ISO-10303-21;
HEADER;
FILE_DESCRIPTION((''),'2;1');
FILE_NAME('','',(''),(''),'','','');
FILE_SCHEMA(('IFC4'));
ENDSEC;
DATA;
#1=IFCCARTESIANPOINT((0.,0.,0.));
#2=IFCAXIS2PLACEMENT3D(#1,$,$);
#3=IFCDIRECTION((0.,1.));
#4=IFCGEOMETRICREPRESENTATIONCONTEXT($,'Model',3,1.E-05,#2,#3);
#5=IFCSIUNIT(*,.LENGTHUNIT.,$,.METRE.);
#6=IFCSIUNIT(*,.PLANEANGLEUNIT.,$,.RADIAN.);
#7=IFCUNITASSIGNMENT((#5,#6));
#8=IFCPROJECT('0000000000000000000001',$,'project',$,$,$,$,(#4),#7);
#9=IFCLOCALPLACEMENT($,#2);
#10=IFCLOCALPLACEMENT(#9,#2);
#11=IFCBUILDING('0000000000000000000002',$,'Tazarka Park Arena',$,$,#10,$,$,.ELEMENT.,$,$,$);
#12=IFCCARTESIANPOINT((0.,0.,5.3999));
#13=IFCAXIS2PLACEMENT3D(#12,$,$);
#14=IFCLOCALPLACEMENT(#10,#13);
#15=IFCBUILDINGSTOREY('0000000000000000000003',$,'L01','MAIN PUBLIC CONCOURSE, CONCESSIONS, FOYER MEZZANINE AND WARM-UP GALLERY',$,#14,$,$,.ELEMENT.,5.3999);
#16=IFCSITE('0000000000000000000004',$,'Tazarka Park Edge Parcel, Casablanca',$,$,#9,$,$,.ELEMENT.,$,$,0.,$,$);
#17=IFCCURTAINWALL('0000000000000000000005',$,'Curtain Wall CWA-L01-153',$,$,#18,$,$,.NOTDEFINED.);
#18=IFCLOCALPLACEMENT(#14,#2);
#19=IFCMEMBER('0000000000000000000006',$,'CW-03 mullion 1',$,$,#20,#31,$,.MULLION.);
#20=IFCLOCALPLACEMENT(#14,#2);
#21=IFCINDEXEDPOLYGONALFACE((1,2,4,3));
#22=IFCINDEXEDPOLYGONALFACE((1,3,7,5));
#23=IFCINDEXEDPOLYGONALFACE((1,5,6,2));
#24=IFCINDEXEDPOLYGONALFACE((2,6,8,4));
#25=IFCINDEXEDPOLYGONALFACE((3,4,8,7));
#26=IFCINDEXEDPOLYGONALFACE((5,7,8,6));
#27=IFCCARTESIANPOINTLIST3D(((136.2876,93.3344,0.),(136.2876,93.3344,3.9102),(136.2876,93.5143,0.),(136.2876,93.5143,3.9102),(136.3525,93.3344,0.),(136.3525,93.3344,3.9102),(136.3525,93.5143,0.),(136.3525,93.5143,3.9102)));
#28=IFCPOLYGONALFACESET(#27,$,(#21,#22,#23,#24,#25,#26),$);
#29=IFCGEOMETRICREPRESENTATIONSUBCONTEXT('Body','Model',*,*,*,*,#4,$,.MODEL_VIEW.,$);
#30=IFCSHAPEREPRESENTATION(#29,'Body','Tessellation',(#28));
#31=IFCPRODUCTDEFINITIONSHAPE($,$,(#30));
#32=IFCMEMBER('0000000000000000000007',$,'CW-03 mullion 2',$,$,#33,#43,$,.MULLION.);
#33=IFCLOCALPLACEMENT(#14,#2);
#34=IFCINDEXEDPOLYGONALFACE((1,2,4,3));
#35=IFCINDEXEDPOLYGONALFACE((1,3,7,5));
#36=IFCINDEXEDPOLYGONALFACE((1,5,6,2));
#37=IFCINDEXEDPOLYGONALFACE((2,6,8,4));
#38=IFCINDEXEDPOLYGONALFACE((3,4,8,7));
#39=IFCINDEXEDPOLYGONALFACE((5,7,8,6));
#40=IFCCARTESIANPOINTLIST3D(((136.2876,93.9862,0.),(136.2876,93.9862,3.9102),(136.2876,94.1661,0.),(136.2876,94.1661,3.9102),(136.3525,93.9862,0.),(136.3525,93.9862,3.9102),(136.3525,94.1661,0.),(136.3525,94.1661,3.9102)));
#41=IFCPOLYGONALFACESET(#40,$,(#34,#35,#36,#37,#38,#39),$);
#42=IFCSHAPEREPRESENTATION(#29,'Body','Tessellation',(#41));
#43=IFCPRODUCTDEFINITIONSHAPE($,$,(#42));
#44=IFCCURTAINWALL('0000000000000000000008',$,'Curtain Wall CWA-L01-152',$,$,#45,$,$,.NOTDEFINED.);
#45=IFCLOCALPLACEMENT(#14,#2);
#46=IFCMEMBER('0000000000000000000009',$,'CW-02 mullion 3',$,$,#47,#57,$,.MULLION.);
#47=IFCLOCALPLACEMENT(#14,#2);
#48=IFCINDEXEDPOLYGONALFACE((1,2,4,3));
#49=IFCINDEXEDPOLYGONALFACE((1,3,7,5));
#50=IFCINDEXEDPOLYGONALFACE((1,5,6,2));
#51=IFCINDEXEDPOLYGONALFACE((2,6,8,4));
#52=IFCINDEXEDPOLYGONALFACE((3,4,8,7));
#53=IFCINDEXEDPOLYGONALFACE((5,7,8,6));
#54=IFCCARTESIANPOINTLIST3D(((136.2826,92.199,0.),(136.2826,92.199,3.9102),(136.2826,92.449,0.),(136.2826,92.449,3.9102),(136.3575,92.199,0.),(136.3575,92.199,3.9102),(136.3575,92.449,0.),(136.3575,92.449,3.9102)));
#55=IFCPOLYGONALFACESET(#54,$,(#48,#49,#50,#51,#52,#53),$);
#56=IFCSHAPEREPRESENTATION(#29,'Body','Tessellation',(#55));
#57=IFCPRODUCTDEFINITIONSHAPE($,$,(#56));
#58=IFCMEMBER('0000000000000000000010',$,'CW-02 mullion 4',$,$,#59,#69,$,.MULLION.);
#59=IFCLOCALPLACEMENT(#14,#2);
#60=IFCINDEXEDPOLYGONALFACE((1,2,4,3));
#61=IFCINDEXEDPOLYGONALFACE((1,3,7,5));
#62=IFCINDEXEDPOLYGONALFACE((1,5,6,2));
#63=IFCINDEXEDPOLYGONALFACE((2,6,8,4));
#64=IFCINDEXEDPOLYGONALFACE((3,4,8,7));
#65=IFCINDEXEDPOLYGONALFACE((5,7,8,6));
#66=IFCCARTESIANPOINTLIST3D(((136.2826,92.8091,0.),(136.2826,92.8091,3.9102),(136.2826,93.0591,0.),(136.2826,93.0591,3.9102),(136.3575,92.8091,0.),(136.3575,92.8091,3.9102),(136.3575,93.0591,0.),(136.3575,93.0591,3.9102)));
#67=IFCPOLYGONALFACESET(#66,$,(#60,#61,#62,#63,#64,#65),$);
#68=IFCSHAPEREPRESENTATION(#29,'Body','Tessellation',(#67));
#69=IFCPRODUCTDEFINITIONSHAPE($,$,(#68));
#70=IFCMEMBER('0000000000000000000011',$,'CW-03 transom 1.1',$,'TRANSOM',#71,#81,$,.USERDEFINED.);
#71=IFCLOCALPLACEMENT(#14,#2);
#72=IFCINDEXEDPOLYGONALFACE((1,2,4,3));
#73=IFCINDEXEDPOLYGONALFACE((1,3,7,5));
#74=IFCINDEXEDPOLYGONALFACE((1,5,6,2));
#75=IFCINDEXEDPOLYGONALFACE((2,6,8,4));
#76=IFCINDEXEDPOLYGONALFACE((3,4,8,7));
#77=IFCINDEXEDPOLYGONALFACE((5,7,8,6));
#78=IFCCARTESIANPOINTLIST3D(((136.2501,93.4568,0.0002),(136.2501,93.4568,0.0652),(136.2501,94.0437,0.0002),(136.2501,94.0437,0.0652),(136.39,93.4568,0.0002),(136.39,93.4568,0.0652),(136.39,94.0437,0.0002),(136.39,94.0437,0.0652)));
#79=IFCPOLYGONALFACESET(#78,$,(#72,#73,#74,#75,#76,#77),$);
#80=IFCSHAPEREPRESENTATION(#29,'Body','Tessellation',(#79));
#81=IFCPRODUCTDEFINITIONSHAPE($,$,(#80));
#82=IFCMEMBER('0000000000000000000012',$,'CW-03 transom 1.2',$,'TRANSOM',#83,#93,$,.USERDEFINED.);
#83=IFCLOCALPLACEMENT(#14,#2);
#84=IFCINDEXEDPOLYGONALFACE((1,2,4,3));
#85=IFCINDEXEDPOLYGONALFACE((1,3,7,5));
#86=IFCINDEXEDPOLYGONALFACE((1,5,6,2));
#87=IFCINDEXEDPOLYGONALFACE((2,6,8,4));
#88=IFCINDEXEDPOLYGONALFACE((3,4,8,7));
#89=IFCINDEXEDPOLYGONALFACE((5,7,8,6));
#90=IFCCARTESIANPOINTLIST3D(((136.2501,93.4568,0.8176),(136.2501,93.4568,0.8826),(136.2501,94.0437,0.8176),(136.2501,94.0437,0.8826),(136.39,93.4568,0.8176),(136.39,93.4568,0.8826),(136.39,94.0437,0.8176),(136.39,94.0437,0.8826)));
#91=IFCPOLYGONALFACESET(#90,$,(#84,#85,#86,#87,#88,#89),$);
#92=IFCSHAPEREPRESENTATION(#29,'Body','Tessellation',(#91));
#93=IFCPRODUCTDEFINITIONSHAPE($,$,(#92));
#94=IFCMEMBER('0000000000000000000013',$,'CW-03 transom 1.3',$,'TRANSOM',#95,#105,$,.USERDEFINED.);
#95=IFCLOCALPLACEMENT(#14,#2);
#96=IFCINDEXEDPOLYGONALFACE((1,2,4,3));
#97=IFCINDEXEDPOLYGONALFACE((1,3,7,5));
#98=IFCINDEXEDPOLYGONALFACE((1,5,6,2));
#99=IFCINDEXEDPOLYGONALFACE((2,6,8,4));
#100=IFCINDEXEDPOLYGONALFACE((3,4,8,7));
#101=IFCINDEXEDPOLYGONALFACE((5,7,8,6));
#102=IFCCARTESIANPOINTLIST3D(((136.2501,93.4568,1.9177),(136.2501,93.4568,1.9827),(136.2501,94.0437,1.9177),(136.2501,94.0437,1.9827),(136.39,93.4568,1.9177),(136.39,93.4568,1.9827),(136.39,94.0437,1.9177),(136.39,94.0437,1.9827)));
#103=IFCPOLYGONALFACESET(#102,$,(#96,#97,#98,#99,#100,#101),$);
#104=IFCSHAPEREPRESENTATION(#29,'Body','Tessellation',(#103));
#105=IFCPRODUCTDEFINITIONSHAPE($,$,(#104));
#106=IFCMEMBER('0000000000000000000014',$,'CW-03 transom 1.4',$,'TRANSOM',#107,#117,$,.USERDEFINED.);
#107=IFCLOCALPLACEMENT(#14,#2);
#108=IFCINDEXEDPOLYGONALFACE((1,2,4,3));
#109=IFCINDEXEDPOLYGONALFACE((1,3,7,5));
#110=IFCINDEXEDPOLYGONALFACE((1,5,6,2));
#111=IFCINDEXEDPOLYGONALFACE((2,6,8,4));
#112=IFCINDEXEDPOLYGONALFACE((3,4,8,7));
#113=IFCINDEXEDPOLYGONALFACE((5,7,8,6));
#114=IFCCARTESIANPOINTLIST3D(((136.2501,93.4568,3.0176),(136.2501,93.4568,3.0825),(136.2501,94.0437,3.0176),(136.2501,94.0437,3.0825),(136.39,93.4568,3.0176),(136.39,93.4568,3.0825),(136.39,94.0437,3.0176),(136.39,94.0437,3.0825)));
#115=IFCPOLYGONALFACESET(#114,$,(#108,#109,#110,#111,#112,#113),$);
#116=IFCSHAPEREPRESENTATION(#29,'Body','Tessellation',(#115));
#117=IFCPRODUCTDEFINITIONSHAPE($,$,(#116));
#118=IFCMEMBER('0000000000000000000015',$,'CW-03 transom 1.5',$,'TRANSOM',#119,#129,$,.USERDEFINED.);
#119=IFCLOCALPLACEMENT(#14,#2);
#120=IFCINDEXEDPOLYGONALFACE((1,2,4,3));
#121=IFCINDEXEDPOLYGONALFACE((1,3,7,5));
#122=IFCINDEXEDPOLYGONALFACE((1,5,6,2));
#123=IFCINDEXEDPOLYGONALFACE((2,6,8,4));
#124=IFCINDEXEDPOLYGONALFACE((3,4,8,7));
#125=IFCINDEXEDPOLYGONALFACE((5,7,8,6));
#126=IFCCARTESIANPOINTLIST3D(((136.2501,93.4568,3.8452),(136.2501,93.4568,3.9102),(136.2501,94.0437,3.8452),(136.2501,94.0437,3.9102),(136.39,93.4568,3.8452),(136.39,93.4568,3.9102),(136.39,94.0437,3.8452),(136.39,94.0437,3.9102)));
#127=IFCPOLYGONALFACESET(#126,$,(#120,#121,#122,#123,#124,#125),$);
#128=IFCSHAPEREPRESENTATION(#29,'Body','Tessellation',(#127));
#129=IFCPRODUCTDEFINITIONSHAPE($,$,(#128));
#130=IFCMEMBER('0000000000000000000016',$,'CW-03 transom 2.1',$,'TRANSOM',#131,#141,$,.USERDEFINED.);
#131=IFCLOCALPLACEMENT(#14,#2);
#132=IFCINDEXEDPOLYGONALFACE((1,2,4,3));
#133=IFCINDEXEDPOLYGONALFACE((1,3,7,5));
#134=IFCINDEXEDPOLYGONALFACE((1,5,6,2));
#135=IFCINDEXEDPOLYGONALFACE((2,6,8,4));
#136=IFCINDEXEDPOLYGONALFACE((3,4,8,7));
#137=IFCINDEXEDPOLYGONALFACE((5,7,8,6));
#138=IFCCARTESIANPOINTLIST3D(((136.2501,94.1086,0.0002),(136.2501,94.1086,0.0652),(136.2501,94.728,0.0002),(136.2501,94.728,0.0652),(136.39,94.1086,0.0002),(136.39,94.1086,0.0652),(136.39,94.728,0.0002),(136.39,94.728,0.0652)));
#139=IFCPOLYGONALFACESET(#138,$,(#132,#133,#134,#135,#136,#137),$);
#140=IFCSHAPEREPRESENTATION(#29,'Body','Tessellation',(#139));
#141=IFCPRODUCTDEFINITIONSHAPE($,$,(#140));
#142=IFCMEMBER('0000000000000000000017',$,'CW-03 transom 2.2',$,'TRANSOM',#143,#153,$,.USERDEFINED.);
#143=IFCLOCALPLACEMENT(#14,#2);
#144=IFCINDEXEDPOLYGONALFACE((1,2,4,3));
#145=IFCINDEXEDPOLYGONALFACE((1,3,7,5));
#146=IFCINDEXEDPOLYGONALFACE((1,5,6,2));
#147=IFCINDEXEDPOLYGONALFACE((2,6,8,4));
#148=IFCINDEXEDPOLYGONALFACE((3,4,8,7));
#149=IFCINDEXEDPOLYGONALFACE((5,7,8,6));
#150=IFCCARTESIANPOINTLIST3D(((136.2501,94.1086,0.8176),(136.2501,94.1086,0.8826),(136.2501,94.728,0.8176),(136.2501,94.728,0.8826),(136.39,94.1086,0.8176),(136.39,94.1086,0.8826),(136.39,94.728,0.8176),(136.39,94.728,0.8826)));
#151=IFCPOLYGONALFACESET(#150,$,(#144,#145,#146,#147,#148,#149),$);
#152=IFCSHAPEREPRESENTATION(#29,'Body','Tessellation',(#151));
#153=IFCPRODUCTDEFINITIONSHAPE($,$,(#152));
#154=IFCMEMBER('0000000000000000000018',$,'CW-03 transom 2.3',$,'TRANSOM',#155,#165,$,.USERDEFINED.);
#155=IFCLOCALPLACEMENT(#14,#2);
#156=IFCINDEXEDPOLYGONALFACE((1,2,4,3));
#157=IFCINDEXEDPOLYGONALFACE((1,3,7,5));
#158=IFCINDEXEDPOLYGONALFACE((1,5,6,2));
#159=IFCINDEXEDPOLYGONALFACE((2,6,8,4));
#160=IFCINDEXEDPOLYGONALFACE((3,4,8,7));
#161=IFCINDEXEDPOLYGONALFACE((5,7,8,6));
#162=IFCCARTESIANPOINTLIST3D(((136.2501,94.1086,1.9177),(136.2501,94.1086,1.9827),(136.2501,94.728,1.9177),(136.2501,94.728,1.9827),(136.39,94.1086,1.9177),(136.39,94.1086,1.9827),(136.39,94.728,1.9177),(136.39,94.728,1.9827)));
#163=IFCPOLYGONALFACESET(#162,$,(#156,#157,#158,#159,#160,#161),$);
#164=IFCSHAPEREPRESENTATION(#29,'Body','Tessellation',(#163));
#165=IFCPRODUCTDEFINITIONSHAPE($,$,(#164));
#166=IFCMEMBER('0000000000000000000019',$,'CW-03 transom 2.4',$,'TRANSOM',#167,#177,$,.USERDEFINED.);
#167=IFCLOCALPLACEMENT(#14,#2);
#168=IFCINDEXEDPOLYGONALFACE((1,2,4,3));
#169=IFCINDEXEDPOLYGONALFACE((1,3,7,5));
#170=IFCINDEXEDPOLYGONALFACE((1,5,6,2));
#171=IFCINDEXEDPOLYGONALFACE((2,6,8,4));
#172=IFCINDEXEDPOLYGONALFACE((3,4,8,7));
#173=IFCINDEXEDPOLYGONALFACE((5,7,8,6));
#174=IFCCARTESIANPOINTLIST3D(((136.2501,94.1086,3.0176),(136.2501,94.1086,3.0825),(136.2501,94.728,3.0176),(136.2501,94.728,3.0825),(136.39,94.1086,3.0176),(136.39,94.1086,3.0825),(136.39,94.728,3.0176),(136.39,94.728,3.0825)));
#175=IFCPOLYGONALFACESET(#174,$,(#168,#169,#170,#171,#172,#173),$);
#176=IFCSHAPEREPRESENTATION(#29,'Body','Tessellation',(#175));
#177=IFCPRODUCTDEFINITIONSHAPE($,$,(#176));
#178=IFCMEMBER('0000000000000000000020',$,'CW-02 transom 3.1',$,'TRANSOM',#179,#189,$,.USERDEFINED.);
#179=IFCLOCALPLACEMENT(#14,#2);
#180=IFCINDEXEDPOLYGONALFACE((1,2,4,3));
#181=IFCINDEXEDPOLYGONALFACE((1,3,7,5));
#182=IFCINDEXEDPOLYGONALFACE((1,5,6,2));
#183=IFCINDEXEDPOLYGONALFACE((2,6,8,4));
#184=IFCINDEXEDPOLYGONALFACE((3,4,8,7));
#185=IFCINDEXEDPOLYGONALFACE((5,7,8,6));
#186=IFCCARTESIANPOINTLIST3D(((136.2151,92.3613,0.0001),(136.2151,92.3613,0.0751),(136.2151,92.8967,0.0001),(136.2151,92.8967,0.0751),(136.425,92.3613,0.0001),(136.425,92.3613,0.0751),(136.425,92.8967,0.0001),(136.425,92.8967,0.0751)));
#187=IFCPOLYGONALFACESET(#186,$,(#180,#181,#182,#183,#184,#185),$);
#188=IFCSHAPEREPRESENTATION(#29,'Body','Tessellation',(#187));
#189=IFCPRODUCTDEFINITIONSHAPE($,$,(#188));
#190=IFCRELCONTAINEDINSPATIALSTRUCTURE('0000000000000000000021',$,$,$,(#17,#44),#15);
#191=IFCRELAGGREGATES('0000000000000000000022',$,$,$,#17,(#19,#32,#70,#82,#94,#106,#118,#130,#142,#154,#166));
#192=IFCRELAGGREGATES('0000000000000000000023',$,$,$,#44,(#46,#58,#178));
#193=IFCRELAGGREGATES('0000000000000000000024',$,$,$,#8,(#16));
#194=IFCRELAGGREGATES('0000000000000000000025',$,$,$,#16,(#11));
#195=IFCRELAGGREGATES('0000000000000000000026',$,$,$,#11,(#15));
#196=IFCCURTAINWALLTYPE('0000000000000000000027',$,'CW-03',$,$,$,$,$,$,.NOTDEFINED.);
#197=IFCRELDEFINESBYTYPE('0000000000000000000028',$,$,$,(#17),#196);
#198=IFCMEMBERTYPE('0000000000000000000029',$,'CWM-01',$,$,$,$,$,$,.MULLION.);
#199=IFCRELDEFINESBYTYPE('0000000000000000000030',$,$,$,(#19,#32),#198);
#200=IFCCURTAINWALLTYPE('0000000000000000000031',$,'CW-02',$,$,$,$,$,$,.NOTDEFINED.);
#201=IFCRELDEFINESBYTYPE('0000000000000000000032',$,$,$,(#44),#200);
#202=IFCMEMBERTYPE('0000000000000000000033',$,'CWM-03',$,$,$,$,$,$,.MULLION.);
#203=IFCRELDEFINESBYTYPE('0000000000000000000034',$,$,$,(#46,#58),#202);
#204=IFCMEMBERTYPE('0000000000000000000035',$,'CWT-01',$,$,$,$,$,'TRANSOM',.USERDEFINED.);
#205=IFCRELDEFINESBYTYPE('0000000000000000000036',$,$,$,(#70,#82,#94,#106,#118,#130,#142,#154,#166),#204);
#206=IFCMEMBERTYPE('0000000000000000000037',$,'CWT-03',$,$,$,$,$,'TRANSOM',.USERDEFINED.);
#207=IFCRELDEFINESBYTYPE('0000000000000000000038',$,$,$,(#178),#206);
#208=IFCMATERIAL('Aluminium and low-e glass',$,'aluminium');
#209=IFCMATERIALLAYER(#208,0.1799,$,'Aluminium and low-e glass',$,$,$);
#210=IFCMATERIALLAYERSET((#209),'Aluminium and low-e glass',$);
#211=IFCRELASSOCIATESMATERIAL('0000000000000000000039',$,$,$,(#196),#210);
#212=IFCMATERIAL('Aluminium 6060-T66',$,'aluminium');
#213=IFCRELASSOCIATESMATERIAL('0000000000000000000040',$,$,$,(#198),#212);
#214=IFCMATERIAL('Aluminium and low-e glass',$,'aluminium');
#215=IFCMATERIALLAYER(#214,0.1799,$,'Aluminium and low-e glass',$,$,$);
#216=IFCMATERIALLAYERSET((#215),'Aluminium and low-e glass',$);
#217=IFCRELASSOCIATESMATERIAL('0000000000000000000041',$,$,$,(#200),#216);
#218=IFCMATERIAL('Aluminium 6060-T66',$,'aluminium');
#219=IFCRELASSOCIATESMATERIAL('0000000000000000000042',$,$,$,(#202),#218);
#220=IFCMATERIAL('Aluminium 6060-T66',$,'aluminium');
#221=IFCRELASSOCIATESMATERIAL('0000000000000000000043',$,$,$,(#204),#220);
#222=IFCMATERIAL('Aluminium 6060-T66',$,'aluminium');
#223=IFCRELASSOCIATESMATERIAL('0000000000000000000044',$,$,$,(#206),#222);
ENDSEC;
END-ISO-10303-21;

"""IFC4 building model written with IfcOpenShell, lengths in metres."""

from ifc_helpers import new_model, si_unit, direction, frame, origin, origin_2d, place, context, subcontext, project, spatial, rectangle, extrude, material, layer, layer_set, material_profile, profile_set, type_object, element, aggregate, save


model = new_model("IFC4")

# Units and contexts
model_context = context("Model", 3, precision=1e-05, world=origin(), true_north=direction((0.0, 1.0)))
body_context = subcontext(model_context, "Body", "Model", "MODEL_VIEW")
ifc_project = project(units=[si_unit("LENGTHUNIT", "METRE"), si_unit("PLANEANGLEUNIT", "RADIAN")], contexts=[model_context])

# Site, building, storey
site_placement = place(None, origin())
site = spatial("IfcSite", under=ifc_project, at=site_placement, Name="Tazarka Park Edge Parcel, Casablanca", CompositionType="ELEMENT", RefElevation=0.0)
building_placement = place(site_placement, origin())
building = spatial("IfcBuilding", under=site, at=building_placement, Name="Tazarka Park Arena", CompositionType="ELEMENT")
storey_placement = place(building_placement, frame((0.0, 0.0, 5.3999)))
storey = spatial("IfcBuildingStorey", under=building, at=storey_placement, Name="L01", Description="MAIN PUBLIC CONCOURSE, CONCESSIONS, FOYER MEZZANINE AND WARM-UP GALLERY", CompositionType="ELEMENT", Elevation=5.3999)

# Curtain walls, members
ifc_material_1 = material(Name="Aluminium and low-e glass", Category="aluminium")
ifc_layer_1 = layer(ifc_material_1, 0.1799, Name="Aluminium and low-e glass")
ifc_layer_set_1 = layer_set([ifc_layer_1], Name="Aluminium and low-e glass")
curtain_wall_type_1 = type_object("IfcCurtainWallType", Name="CW-03", PredefinedType="NOTDEFINED", material=ifc_layer_set_1)
curtain_wall_1_placement = place(storey_placement, origin())
curtain_wall_1 = element("IfcCurtainWall", 1, at=curtain_wall_1_placement, inside=storey, type_object=curtain_wall_type_1, Name="Curtain Wall CWA-L01-153", PredefinedType="NOTDEFINED")
ifc_material_2 = material(Name="Aluminium 6060-T66", Category="aluminium")
ifc_material_profile_1 = material_profile(ifc_material_2, rectangle(XDim=0.0649, YDim=0.1799, at=origin_2d()), Name="Aluminium 6060-T66")
ifc_profile_set_1 = profile_set([ifc_material_profile_1], Name="Aluminium 6060-T66")
member_type_1 = type_object("IfcMemberType", Name="CWM-01", PredefinedType="MULLION", material=ifc_profile_set_1)
member_1_placement = place(storey_placement, frame((136.3201, 93.4243, 0.0), z_axis=(0.0, 0.0, 1.0), x_axis=(-1.0, 0.0, 0.0)))
member_1 = element("IfcMember", 2, at=member_1_placement, type_object=member_type_1, Name="CW-03 mullion 1", PredefinedType="MULLION", context=body_context, shape_type="SweptSolid", body=[
    extrude(rectangle(XDim=0.0649, YDim=0.1799, at=origin_2d()), origin(), (0.0, 0.0, 1.0), 3.9102),
])
member_2_placement = place(storey_placement, frame((136.3201, 94.0762, 0.0), z_axis=(0.0, 0.0, 1.0), x_axis=(-1.0, 0.0, 0.0)))
member_2 = element("IfcMember", 3, at=member_2_placement, type_object=member_type_1, Name="CW-03 mullion 2", PredefinedType="MULLION", context=body_context, shape_type="SweptSolid", body=[
    extrude(rectangle(XDim=0.0649, YDim=0.1799, at=origin_2d()), origin(), (0.0, 0.0, 1.0), 3.9102),
])
ifc_material_3 = material(Name="Aluminium and low-e glass", Category="aluminium")
ifc_layer_2 = layer(ifc_material_3, 0.1799, Name="Aluminium and low-e glass")
ifc_layer_set_2 = layer_set([ifc_layer_2], Name="Aluminium and low-e glass")
curtain_wall_type_2 = type_object("IfcCurtainWallType", Name="CW-02", PredefinedType="NOTDEFINED", material=ifc_layer_set_2)
curtain_wall_2_placement = place(storey_placement, origin())
curtain_wall_2 = element("IfcCurtainWall", 4, at=curtain_wall_2_placement, inside=storey, type_object=curtain_wall_type_2, Name="Curtain Wall CWA-L01-152", PredefinedType="NOTDEFINED")
ifc_material_4 = material(Name="Aluminium 6060-T66", Category="aluminium")
ifc_material_profile_2 = material_profile(ifc_material_4, rectangle(XDim=0.075, YDim=0.25, at=origin_2d()), Name="Aluminium 6060-T66")
ifc_profile_set_2 = profile_set([ifc_material_profile_2], Name="Aluminium 6060-T66")
member_type_2 = type_object("IfcMemberType", Name="CWM-03", PredefinedType="MULLION", material=ifc_profile_set_2)
member_3_placement = place(storey_placement, frame((136.3201, 92.324, 0.0), z_axis=(0.0, 0.0, 1.0), x_axis=(-1.0, 0.0, 0.0)))
member_3 = element("IfcMember", 5, at=member_3_placement, type_object=member_type_2, Name="CW-02 mullion 3", PredefinedType="MULLION", context=body_context, shape_type="SweptSolid", body=[
    extrude(rectangle(XDim=0.075, YDim=0.25, at=origin_2d()), origin(), (0.0, 0.0, 1.0), 3.9102),
])
member_4_placement = place(storey_placement, frame((136.3201, 92.9341, 0.0), z_axis=(0.0, 0.0, 1.0), x_axis=(-1.0, 0.0, 0.0)))
member_4 = element("IfcMember", 6, at=member_4_placement, type_object=member_type_2, Name="CW-02 mullion 4", PredefinedType="MULLION", context=body_context, shape_type="SweptSolid", body=[
    extrude(rectangle(XDim=0.075, YDim=0.25, at=origin_2d()), origin(), (0.0, 0.0, 1.0), 3.9102),
])

# Members
ifc_material_5 = material(Name="Aluminium 6060-T66", Category="aluminium")
ifc_material_profile_3 = material_profile(ifc_material_5, rectangle(XDim=0.1399, YDim=0.0649, at=origin_2d()), Name="Aluminium 6060-T66")
ifc_profile_set_3 = profile_set([ifc_material_profile_3], Name="Aluminium 6060-T66")
member_type_3 = type_object("IfcMemberType", Name="CWT-01", ElementType="TRANSOM", PredefinedType="USERDEFINED", material=ifc_profile_set_3)
member_5_placement = place(storey_placement, frame((136.3201, 93.4568, 0.0327), z_axis=(0.0, 1.0, 0.0), x_axis=(-1.0, 0.0, 0.0)))
member_5 = element("IfcMember", 7, at=member_5_placement, type_object=member_type_3, Name="CW-03 transom 1.1", ObjectType="TRANSOM", PredefinedType="USERDEFINED", context=body_context, shape_type="SweptSolid", body=[
    extrude(rectangle(XDim=0.1399, YDim=0.0649, at=origin_2d()), origin(), (0.0, 0.0, 1.0), 0.5869),
])
member_6_placement = place(storey_placement, frame((136.3201, 93.4568, 0.8501), z_axis=(0.0, 1.0, 0.0), x_axis=(-1.0, 0.0, 0.0)))
member_6 = element("IfcMember", 8, at=member_6_placement, type_object=member_type_3, Name="CW-03 transom 1.2", ObjectType="TRANSOM", PredefinedType="USERDEFINED", context=body_context, shape_type="SweptSolid", body=[
    extrude(rectangle(XDim=0.1399, YDim=0.0649, at=origin_2d()), origin(), (0.0, 0.0, 1.0), 0.5869),
])
member_7_placement = place(storey_placement, frame((136.3201, 93.4568, 1.9502), z_axis=(0.0, 1.0, 0.0), x_axis=(-1.0, 0.0, 0.0)))
member_7 = element("IfcMember", 9, at=member_7_placement, type_object=member_type_3, Name="CW-03 transom 1.3", ObjectType="TRANSOM", PredefinedType="USERDEFINED", context=body_context, shape_type="SweptSolid", body=[
    extrude(rectangle(XDim=0.1399, YDim=0.0649, at=origin_2d()), origin(), (0.0, 0.0, 1.0), 0.5869),
])
member_8_placement = place(storey_placement, frame((136.3201, 93.4568, 3.05), z_axis=(0.0, 1.0, 0.0), x_axis=(-1.0, 0.0, 0.0)))
member_8 = element("IfcMember", 10, at=member_8_placement, type_object=member_type_3, Name="CW-03 transom 1.4", ObjectType="TRANSOM", PredefinedType="USERDEFINED", context=body_context, shape_type="SweptSolid", body=[
    extrude(rectangle(XDim=0.1399, YDim=0.0649, at=origin_2d()), origin(), (0.0, 0.0, 1.0), 0.5869),
])
member_9_placement = place(storey_placement, frame((136.3201, 93.4568, 3.8777), z_axis=(0.0, 1.0, 0.0), x_axis=(-1.0, 0.0, 0.0)))
member_9 = element("IfcMember", 11, at=member_9_placement, type_object=member_type_3, Name="CW-03 transom 1.5", ObjectType="TRANSOM", PredefinedType="USERDEFINED", context=body_context, shape_type="SweptSolid", body=[
    extrude(rectangle(XDim=0.1399, YDim=0.0649, at=origin_2d()), origin(), (0.0, 0.0, 1.0), 0.5869),
])
member_10_placement = place(storey_placement, frame((136.3201, 94.1086, 0.0327), z_axis=(0.0, 1.0, 0.0), x_axis=(-1.0, 0.0, 0.0)))
member_10 = element("IfcMember", 12, at=member_10_placement, type_object=member_type_3, Name="CW-03 transom 2.1", ObjectType="TRANSOM", PredefinedType="USERDEFINED", context=body_context, shape_type="SweptSolid", body=[
    extrude(rectangle(XDim=0.1399, YDim=0.0649, at=origin_2d()), origin(), (0.0, 0.0, 1.0), 0.6194),
])
member_11_placement = place(storey_placement, frame((136.3201, 94.1086, 0.8501), z_axis=(0.0, 1.0, 0.0), x_axis=(-1.0, 0.0, 0.0)))
member_11 = element("IfcMember", 13, at=member_11_placement, type_object=member_type_3, Name="CW-03 transom 2.2", ObjectType="TRANSOM", PredefinedType="USERDEFINED", context=body_context, shape_type="SweptSolid", body=[
    extrude(rectangle(XDim=0.1399, YDim=0.0649, at=origin_2d()), origin(), (0.0, 0.0, 1.0), 0.6194),
])
member_12_placement = place(storey_placement, frame((136.3201, 94.1086, 1.9502), z_axis=(0.0, 1.0, 0.0), x_axis=(-1.0, 0.0, 0.0)))
member_12 = element("IfcMember", 14, at=member_12_placement, type_object=member_type_3, Name="CW-03 transom 2.3", ObjectType="TRANSOM", PredefinedType="USERDEFINED", context=body_context, shape_type="SweptSolid", body=[
    extrude(rectangle(XDim=0.1399, YDim=0.0649, at=origin_2d()), origin(), (0.0, 0.0, 1.0), 0.6194),
])
member_13_placement = place(storey_placement, frame((136.3201, 94.1086, 3.05), z_axis=(0.0, 1.0, 0.0), x_axis=(-1.0, 0.0, 0.0)))
member_13 = element("IfcMember", 15, at=member_13_placement, type_object=member_type_3, Name="CW-03 transom 2.4", ObjectType="TRANSOM", PredefinedType="USERDEFINED", context=body_context, shape_type="SweptSolid", body=[
    extrude(rectangle(XDim=0.1399, YDim=0.0649, at=origin_2d()), origin(), (0.0, 0.0, 1.0), 0.6194),
])
ifc_material_6 = material(Name="Aluminium 6060-T66", Category="aluminium")
ifc_material_profile_4 = material_profile(ifc_material_6, rectangle(XDim=0.21, YDim=0.075, at=origin_2d()), Name="Aluminium 6060-T66")
ifc_profile_set_4 = profile_set([ifc_material_profile_4], Name="Aluminium 6060-T66")
member_type_4 = type_object("IfcMemberType", Name="CWT-03", ElementType="TRANSOM", PredefinedType="USERDEFINED", material=ifc_profile_set_4)
member_14_placement = place(storey_placement, frame((136.3201, 92.3613, 0.0376), z_axis=(0.0, 1.0, 0.0), x_axis=(-1.0, 0.0, 0.0)))
member_14 = element("IfcMember", 16, at=member_14_placement, type_object=member_type_4, Name="CW-02 transom 3.1", ObjectType="TRANSOM", PredefinedType="USERDEFINED", context=body_context, shape_type="SweptSolid", body=[
    extrude(rectangle(XDim=0.21, YDim=0.075, at=origin_2d()), origin(), (0.0, 0.0, 1.0), 0.5354),
])

aggregate(curtain_wall_1, [member_1, member_2, member_5, member_6, member_7, member_8, member_9, member_10, member_11, member_12, member_13])
aggregate(curtain_wall_2, [member_3, member_4, member_14])

save(model, "model.ifc")
